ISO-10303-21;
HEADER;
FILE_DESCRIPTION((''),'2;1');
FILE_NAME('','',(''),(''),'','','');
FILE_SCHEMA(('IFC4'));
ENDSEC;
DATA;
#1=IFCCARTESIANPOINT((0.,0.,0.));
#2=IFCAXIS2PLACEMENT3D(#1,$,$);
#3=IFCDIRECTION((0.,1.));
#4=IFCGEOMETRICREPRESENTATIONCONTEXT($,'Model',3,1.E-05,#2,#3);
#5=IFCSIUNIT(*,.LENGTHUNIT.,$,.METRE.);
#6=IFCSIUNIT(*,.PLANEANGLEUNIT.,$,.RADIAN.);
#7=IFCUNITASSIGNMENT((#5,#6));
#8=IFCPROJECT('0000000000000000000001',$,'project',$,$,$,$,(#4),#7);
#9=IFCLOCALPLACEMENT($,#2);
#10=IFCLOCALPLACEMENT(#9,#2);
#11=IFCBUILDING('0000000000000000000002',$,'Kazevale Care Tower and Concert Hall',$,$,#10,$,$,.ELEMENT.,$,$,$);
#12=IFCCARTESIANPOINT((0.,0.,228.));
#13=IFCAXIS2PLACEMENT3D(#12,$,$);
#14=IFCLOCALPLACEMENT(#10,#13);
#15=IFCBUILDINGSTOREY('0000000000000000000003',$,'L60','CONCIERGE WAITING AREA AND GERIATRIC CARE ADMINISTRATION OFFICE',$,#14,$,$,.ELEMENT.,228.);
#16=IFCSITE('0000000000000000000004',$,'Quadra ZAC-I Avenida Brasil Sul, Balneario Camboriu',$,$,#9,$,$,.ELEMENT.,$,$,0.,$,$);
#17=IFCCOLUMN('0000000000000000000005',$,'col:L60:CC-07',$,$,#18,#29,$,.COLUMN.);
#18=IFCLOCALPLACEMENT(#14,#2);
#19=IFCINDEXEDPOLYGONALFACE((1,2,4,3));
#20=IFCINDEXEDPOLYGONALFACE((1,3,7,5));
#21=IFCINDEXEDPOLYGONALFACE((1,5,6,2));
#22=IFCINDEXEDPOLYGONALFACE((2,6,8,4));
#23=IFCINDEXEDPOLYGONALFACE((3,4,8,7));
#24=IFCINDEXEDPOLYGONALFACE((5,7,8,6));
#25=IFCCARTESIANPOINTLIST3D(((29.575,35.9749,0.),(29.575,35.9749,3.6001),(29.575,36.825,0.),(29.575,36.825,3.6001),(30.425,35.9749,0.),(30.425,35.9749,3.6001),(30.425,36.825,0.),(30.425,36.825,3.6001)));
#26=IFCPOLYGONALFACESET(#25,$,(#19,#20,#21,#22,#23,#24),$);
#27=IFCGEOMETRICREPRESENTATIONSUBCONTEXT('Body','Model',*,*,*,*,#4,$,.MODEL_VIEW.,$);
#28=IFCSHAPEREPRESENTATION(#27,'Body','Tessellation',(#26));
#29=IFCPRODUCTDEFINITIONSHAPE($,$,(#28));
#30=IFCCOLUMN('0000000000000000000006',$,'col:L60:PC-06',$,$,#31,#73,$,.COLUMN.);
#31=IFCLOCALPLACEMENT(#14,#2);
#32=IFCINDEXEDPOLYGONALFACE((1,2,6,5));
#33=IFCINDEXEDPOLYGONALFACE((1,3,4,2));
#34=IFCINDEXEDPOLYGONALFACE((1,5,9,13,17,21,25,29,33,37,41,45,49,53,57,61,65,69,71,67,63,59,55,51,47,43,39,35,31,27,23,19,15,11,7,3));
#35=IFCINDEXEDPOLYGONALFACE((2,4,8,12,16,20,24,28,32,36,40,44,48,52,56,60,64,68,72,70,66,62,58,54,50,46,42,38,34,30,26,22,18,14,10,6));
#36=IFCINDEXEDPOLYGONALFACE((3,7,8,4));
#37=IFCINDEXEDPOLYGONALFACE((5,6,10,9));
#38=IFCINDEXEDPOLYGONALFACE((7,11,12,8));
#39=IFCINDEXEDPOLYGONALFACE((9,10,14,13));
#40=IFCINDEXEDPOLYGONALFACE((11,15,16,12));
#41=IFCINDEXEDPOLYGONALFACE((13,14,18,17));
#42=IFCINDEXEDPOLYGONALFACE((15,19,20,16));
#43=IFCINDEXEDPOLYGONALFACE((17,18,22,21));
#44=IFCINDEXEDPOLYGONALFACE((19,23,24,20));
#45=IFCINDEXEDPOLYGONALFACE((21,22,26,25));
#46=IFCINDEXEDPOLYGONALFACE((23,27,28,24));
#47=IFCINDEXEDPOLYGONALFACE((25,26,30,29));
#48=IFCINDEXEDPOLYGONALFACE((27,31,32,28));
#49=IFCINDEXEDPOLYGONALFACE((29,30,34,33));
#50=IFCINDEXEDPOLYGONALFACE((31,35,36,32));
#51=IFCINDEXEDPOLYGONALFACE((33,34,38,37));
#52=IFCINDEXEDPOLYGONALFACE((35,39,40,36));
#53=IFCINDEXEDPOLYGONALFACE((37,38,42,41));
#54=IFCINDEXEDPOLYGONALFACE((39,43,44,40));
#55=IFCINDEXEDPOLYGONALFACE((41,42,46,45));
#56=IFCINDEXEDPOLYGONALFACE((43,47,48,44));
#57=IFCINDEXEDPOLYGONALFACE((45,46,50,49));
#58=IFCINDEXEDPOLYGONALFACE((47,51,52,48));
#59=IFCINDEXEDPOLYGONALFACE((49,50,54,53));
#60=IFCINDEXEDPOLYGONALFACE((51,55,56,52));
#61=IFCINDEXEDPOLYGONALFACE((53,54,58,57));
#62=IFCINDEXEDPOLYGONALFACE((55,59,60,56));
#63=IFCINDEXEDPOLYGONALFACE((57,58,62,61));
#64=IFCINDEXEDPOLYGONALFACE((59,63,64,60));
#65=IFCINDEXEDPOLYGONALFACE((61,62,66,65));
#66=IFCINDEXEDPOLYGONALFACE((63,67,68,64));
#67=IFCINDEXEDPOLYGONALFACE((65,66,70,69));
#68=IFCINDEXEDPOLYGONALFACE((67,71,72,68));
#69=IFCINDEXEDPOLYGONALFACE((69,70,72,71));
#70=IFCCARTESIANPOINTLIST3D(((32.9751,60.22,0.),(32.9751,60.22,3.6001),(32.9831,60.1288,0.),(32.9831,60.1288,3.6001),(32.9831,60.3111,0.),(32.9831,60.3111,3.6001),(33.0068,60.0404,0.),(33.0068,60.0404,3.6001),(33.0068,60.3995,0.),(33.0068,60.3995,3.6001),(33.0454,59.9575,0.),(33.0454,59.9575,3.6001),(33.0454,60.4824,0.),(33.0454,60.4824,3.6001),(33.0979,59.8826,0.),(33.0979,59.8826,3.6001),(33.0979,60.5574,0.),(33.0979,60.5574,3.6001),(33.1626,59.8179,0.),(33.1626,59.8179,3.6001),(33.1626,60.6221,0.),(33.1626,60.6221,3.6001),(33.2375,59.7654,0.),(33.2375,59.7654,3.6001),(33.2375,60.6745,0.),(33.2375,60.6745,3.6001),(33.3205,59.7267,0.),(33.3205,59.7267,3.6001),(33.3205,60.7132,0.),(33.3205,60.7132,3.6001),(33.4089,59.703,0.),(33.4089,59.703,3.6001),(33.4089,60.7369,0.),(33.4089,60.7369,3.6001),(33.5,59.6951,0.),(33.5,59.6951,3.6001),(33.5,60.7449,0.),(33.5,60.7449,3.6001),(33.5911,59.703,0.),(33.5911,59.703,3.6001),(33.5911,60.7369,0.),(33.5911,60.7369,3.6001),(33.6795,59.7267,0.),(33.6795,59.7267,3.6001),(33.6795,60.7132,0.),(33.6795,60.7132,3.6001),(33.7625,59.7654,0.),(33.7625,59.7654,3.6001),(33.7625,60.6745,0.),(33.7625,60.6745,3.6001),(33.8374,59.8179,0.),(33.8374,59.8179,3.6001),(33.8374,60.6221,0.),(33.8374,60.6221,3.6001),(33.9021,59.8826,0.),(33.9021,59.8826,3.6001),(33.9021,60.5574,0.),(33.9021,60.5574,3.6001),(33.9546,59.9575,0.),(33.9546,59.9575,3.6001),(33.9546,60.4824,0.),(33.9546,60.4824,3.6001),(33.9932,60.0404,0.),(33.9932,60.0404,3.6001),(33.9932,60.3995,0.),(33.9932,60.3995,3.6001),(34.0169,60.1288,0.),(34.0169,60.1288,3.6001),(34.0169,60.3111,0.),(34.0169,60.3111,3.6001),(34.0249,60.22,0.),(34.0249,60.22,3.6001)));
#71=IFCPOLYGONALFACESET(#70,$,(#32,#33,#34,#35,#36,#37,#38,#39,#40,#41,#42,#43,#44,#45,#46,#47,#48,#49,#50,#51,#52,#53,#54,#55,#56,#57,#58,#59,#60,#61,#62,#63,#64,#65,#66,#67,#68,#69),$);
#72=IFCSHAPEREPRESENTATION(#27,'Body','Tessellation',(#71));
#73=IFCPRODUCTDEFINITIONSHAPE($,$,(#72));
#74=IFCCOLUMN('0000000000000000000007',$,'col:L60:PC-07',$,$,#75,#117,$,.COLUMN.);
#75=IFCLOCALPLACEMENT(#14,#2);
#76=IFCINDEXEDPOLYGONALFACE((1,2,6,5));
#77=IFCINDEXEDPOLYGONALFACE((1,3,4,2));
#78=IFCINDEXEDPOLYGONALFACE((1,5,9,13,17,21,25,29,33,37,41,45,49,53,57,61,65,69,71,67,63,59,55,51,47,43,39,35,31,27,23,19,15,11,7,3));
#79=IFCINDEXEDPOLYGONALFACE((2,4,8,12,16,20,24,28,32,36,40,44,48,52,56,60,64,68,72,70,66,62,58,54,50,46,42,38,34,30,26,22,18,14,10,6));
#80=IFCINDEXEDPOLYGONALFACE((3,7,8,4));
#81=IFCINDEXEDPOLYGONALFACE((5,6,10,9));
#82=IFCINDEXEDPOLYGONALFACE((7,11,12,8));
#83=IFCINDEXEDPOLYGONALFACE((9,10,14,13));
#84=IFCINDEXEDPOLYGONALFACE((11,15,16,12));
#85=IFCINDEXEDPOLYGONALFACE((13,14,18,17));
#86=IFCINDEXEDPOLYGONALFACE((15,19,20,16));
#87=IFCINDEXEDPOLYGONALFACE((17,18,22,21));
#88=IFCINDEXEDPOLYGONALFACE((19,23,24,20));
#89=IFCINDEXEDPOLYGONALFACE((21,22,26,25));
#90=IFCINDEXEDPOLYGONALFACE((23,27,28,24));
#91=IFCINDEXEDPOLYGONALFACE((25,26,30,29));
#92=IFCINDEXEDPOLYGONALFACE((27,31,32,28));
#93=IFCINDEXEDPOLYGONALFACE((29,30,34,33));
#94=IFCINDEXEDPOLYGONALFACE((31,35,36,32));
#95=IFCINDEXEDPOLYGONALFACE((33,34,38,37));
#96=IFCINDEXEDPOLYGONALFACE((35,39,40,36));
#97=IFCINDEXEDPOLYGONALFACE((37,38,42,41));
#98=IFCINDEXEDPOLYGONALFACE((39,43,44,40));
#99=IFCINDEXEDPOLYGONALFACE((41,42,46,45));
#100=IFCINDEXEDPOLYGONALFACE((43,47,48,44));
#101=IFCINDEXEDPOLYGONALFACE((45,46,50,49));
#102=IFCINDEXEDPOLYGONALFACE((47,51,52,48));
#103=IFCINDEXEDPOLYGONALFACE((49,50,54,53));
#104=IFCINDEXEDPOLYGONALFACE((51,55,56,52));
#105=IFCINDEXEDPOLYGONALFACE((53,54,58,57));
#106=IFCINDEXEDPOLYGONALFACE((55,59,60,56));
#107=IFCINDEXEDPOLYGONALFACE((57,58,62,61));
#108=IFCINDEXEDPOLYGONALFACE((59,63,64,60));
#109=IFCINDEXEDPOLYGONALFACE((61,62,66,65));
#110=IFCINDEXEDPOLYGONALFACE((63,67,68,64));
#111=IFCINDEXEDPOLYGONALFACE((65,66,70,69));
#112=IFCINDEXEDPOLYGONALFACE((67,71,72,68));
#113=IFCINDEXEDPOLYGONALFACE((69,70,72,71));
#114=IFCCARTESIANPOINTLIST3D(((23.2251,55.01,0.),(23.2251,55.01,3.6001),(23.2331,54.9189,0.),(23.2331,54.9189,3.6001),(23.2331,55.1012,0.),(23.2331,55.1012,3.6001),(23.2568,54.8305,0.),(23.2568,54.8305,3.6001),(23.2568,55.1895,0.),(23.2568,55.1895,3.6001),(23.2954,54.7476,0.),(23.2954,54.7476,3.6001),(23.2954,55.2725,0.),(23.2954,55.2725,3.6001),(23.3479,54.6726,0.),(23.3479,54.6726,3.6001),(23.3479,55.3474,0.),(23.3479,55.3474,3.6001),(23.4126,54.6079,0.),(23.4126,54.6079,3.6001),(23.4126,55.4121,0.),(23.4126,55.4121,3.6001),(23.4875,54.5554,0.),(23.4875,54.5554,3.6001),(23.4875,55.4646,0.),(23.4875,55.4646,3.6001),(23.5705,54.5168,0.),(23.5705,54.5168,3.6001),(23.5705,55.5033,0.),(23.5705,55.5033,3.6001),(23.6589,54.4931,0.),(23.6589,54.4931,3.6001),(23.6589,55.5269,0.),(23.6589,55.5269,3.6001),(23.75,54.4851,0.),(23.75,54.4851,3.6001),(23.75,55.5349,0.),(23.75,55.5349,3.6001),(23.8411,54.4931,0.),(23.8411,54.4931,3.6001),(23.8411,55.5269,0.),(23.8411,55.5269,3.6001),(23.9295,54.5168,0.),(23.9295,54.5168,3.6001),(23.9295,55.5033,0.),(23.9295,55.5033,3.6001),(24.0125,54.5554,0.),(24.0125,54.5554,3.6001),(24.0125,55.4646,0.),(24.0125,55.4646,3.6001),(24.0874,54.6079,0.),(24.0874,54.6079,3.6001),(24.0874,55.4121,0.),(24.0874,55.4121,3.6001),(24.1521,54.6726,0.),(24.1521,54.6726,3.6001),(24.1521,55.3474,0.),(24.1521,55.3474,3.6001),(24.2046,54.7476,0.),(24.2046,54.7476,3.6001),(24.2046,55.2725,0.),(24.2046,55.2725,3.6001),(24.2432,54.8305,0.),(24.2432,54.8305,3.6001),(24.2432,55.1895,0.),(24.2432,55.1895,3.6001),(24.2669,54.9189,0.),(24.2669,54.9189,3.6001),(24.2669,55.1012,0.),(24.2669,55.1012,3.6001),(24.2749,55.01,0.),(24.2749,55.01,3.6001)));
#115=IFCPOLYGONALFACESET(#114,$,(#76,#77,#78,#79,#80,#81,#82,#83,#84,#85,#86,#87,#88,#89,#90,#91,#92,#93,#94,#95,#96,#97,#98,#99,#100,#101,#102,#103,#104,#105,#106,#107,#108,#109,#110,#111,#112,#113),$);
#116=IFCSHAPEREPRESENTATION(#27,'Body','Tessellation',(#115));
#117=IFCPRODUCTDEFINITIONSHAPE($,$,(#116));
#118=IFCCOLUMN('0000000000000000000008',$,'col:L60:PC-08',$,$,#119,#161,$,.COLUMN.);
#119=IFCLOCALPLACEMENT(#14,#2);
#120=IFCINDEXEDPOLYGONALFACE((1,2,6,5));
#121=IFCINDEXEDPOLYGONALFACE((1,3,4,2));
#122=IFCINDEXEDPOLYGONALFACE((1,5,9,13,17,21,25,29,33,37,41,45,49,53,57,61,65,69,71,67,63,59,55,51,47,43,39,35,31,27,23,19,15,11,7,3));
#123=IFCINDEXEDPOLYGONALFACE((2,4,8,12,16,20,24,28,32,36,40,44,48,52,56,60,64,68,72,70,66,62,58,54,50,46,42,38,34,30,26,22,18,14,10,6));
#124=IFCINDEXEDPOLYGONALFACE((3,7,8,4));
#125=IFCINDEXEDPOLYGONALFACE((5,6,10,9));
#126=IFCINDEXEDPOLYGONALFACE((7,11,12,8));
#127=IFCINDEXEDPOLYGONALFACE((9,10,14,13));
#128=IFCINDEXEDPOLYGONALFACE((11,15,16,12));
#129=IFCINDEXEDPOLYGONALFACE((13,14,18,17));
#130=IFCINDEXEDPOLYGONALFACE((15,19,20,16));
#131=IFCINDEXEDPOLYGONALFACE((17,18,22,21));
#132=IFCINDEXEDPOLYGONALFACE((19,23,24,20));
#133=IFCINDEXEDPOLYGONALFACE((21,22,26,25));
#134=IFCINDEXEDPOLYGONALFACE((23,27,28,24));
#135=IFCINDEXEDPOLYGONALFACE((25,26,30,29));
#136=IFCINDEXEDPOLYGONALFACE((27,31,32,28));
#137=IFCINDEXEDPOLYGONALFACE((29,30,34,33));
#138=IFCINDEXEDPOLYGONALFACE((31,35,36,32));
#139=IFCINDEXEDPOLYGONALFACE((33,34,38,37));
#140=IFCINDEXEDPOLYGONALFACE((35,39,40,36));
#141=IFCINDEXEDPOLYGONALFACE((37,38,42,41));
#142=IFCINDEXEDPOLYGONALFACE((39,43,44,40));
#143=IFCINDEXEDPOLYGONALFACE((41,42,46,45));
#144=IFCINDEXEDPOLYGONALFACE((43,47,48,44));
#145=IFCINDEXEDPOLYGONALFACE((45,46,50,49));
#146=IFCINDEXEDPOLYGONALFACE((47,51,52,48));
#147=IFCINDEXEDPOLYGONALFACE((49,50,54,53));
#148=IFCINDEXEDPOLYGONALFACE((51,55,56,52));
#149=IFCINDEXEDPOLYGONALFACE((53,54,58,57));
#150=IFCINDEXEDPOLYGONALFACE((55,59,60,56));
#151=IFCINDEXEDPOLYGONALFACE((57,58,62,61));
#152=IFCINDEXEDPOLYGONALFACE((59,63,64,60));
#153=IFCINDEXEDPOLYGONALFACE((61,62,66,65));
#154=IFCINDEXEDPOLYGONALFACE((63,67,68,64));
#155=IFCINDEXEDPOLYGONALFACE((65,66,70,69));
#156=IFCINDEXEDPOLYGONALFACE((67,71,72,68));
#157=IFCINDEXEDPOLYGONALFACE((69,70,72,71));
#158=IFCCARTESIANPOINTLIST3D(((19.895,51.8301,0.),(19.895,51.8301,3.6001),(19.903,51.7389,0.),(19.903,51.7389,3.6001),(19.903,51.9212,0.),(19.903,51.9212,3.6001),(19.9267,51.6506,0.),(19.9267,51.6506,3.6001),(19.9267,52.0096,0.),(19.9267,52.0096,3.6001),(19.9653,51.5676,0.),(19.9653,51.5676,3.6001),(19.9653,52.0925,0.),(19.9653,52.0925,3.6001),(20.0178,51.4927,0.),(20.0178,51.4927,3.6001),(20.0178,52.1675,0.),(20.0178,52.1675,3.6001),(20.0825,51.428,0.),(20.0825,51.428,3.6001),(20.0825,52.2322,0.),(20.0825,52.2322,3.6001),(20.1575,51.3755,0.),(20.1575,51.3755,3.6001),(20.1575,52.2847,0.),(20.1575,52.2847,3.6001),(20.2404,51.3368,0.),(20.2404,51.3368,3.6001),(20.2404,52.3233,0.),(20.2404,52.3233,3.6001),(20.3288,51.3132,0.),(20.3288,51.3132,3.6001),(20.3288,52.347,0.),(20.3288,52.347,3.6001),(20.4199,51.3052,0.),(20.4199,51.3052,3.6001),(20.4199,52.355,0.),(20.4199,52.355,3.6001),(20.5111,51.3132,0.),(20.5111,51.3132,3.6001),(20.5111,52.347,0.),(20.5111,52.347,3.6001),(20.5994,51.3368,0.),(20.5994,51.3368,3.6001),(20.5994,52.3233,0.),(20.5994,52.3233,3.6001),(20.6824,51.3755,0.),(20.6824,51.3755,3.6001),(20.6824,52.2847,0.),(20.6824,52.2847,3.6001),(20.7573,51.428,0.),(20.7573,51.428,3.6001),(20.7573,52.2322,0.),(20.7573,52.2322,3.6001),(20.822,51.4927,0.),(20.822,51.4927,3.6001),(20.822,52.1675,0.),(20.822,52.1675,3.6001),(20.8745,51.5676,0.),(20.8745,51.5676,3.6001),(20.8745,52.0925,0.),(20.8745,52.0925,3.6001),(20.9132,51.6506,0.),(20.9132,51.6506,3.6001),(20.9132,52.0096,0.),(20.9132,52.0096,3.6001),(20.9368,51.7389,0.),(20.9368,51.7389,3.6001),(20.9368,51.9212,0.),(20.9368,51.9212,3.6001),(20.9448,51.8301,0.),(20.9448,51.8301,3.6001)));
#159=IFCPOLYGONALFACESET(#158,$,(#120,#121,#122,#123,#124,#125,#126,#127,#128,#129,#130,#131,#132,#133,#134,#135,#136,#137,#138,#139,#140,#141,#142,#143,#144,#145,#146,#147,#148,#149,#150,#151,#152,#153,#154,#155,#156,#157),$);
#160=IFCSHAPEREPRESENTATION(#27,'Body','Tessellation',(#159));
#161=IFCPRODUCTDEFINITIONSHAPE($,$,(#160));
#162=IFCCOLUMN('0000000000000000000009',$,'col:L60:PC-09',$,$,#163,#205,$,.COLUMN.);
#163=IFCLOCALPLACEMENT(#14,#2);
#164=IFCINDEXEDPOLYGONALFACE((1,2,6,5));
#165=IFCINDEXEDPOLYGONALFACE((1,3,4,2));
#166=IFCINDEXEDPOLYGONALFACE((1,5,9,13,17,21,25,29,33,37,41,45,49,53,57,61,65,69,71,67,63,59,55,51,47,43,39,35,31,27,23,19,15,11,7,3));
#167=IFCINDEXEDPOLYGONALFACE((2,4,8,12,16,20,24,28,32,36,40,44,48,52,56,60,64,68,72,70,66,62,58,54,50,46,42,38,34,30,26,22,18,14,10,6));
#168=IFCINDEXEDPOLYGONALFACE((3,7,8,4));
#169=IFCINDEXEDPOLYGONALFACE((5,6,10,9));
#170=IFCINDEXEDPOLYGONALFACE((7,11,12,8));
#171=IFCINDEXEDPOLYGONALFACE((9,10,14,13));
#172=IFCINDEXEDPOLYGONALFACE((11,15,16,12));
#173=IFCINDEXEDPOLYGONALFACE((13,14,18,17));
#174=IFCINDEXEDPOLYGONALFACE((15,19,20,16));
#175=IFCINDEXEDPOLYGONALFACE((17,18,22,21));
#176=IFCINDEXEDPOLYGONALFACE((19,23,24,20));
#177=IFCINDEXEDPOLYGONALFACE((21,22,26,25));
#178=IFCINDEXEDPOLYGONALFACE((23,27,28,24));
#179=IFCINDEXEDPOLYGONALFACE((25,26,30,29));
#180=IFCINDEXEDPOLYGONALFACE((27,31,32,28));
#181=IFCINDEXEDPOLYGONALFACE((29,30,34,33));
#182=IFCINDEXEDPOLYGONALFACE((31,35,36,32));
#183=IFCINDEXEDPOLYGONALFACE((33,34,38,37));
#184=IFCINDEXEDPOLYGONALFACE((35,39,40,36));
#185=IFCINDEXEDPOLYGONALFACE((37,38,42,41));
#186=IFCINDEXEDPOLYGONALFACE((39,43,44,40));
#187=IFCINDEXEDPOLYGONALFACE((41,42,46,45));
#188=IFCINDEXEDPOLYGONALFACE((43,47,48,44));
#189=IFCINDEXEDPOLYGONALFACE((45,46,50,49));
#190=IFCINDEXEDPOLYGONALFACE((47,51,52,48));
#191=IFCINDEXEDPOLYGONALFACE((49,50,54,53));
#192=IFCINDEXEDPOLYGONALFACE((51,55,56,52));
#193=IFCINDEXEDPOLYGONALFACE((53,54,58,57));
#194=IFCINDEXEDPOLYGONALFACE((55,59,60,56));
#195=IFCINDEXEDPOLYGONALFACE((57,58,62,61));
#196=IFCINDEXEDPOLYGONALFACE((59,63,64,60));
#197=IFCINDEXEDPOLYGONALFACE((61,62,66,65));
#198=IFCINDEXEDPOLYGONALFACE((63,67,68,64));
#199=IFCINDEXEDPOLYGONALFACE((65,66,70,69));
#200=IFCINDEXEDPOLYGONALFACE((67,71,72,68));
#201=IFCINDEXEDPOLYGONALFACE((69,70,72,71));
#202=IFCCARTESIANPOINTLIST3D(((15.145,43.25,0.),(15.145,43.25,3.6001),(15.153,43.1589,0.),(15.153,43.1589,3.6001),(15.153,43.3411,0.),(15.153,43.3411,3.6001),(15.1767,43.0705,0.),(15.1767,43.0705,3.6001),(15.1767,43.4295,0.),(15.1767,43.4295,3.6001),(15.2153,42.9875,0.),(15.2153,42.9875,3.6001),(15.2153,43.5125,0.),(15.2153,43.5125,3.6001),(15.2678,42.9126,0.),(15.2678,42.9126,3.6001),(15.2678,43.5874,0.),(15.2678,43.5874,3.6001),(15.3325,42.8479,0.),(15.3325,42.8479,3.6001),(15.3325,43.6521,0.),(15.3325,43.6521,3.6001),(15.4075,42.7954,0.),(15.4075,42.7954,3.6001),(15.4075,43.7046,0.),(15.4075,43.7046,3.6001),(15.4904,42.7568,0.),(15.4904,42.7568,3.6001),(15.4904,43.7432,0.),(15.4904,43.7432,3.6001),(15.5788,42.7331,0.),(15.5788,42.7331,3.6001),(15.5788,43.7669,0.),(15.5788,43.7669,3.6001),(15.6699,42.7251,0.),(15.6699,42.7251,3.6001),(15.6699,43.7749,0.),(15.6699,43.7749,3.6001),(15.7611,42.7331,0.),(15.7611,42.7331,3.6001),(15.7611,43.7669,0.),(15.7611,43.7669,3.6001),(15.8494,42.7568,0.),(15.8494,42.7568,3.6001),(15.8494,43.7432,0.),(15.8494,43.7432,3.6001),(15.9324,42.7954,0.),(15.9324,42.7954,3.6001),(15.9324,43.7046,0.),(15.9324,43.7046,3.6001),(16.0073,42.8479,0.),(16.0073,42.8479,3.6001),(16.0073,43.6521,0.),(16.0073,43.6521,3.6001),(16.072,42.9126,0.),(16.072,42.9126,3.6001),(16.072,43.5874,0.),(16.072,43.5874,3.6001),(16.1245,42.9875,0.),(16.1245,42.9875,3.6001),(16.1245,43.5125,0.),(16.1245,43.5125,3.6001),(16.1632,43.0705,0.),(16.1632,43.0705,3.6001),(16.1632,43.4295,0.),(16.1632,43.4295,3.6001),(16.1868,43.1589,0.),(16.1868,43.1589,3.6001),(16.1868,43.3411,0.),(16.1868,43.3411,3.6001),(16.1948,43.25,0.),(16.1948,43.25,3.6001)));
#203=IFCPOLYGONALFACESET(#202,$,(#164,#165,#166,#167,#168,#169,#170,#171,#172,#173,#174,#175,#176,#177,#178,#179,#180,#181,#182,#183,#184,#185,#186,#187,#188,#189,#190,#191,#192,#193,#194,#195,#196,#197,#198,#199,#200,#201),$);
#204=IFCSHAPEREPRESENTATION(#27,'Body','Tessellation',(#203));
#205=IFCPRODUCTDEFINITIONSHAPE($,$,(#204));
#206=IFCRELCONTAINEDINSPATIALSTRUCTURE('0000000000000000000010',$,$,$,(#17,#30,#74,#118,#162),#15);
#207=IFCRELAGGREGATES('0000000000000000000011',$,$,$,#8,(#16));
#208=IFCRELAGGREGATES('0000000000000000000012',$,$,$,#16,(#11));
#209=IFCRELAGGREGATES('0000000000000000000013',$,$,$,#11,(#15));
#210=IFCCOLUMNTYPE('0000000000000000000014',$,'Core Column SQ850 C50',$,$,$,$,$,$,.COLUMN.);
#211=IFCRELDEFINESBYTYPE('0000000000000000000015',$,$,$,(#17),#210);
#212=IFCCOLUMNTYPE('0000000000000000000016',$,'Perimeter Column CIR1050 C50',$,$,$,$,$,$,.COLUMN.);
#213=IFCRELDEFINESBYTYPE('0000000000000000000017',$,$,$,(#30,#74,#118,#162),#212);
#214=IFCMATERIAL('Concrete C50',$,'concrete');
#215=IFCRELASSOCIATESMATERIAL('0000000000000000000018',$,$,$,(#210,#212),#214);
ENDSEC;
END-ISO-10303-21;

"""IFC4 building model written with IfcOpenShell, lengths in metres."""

from ifc_helpers import new_model, si_unit, direction, frame, origin, origin_2d, place, context, subcontext, project, spatial, rectangle, circle, extrude, material, material_profile, profile_set, type_object, element, save


model = new_model("IFC4")

# Units and contexts
model_context = context("Model", 3, precision=1e-05, world=origin(), true_north=direction((0.0, 1.0)))
body_context = subcontext(model_context, "Body", "Model", "MODEL_VIEW")
ifc_project = project(units=[si_unit("LENGTHUNIT", "METRE"), si_unit("PLANEANGLEUNIT", "RADIAN")], contexts=[model_context])

# Site, building, storey
site_placement = place(None, origin())
site = spatial("IfcSite", under=ifc_project, at=site_placement, Name="Quadra ZAC-I Avenida Brasil Sul, Balneario Camboriu", CompositionType="ELEMENT", RefElevation=0.0)
building_placement = place(site_placement, origin())
building = spatial("IfcBuilding", under=site, at=building_placement, Name="Kazevale Care Tower and Concert Hall", CompositionType="ELEMENT")
storey_placement = place(building_placement, frame((0.0, 0.0, 228.0)))
storey = spatial("IfcBuildingStorey", under=building, at=storey_placement, Name="L60", Description="CONCIERGE WAITING AREA AND GERIATRIC CARE ADMINISTRATION OFFICE", CompositionType="ELEMENT", Elevation=228.0)

# Columns
ifc_material_1 = material(Name="Concrete C50", Category="concrete")
ifc_material_profile_1 = material_profile(ifc_material_1, rectangle(XDim=0.8501, YDim=0.8501, at=origin_2d()), Name="RC-SQ850")
ifc_profile_set_1 = profile_set([ifc_material_profile_1], Name="Concrete C50")
column_type_1 = type_object("IfcColumnType", Name="Core Column SQ850 C50", PredefinedType="COLUMN", material=ifc_profile_set_1)
column_placement = place(storey_placement, frame((30.0, 36.3999, 0.0), z_axis=(0.0, 0.0, 1.0), x_axis=(1.0, 0.0, 0.0)))
element("IfcColumn", 1, at=column_placement, inside=storey, type_object=column_type_1, Name="col:L60:CC-07", PredefinedType="COLUMN", context=body_context, shape_type="SweptSolid", body=[
    extrude(rectangle(XDim=0.8501, YDim=0.8501, at=origin_2d()), origin(), (0.0, 0.0, 1.0), 3.6001),
])
ifc_material_profile_2 = material_profile(ifc_material_1, circle(Radius=0.5249, at=origin_2d()), Name="RC-CIR1050")
ifc_profile_set_2 = profile_set([ifc_material_profile_2], Name="Concrete C50")
column_type_2 = type_object("IfcColumnType", Name="Perimeter Column CIR1050 C50", PredefinedType="COLUMN", material=ifc_profile_set_2)
for number, where, z_axis, x_axis, name in (
    (2, (33.5, 60.22, 0.0), (0.0, 0.0, 1.0), (1.0, 0.0, 0.0), "col:L60:PC-06"),
    (3, (23.75, 55.01, 0.0), (0.0, 0.0, 1.0), (1.0, 0.0, 0.0), "col:L60:PC-07"),
    (4, (20.4199, 51.8301, 0.0), (0.0, 0.0, 1.0), (1.0, 0.0, 0.0), "col:L60:PC-08"),
    (5, (15.6699, 43.25, 0.0), (0.0, 0.0, 1.0), (1.0, 0.0, 0.0), "col:L60:PC-09"),
):
    element("IfcColumn", number, at=place(storey_placement, frame(where, z_axis=z_axis, x_axis=x_axis)), inside=storey, type_object=column_type_2, Name=name, PredefinedType="COLUMN", context=body_context, shape_type="SweptSolid", body=[
        extrude(circle(Radius=0.5249, at=origin_2d()), origin(), (0.0, 0.0, 1.0), 3.6001),
    ])

save(model, "model.ifc")
